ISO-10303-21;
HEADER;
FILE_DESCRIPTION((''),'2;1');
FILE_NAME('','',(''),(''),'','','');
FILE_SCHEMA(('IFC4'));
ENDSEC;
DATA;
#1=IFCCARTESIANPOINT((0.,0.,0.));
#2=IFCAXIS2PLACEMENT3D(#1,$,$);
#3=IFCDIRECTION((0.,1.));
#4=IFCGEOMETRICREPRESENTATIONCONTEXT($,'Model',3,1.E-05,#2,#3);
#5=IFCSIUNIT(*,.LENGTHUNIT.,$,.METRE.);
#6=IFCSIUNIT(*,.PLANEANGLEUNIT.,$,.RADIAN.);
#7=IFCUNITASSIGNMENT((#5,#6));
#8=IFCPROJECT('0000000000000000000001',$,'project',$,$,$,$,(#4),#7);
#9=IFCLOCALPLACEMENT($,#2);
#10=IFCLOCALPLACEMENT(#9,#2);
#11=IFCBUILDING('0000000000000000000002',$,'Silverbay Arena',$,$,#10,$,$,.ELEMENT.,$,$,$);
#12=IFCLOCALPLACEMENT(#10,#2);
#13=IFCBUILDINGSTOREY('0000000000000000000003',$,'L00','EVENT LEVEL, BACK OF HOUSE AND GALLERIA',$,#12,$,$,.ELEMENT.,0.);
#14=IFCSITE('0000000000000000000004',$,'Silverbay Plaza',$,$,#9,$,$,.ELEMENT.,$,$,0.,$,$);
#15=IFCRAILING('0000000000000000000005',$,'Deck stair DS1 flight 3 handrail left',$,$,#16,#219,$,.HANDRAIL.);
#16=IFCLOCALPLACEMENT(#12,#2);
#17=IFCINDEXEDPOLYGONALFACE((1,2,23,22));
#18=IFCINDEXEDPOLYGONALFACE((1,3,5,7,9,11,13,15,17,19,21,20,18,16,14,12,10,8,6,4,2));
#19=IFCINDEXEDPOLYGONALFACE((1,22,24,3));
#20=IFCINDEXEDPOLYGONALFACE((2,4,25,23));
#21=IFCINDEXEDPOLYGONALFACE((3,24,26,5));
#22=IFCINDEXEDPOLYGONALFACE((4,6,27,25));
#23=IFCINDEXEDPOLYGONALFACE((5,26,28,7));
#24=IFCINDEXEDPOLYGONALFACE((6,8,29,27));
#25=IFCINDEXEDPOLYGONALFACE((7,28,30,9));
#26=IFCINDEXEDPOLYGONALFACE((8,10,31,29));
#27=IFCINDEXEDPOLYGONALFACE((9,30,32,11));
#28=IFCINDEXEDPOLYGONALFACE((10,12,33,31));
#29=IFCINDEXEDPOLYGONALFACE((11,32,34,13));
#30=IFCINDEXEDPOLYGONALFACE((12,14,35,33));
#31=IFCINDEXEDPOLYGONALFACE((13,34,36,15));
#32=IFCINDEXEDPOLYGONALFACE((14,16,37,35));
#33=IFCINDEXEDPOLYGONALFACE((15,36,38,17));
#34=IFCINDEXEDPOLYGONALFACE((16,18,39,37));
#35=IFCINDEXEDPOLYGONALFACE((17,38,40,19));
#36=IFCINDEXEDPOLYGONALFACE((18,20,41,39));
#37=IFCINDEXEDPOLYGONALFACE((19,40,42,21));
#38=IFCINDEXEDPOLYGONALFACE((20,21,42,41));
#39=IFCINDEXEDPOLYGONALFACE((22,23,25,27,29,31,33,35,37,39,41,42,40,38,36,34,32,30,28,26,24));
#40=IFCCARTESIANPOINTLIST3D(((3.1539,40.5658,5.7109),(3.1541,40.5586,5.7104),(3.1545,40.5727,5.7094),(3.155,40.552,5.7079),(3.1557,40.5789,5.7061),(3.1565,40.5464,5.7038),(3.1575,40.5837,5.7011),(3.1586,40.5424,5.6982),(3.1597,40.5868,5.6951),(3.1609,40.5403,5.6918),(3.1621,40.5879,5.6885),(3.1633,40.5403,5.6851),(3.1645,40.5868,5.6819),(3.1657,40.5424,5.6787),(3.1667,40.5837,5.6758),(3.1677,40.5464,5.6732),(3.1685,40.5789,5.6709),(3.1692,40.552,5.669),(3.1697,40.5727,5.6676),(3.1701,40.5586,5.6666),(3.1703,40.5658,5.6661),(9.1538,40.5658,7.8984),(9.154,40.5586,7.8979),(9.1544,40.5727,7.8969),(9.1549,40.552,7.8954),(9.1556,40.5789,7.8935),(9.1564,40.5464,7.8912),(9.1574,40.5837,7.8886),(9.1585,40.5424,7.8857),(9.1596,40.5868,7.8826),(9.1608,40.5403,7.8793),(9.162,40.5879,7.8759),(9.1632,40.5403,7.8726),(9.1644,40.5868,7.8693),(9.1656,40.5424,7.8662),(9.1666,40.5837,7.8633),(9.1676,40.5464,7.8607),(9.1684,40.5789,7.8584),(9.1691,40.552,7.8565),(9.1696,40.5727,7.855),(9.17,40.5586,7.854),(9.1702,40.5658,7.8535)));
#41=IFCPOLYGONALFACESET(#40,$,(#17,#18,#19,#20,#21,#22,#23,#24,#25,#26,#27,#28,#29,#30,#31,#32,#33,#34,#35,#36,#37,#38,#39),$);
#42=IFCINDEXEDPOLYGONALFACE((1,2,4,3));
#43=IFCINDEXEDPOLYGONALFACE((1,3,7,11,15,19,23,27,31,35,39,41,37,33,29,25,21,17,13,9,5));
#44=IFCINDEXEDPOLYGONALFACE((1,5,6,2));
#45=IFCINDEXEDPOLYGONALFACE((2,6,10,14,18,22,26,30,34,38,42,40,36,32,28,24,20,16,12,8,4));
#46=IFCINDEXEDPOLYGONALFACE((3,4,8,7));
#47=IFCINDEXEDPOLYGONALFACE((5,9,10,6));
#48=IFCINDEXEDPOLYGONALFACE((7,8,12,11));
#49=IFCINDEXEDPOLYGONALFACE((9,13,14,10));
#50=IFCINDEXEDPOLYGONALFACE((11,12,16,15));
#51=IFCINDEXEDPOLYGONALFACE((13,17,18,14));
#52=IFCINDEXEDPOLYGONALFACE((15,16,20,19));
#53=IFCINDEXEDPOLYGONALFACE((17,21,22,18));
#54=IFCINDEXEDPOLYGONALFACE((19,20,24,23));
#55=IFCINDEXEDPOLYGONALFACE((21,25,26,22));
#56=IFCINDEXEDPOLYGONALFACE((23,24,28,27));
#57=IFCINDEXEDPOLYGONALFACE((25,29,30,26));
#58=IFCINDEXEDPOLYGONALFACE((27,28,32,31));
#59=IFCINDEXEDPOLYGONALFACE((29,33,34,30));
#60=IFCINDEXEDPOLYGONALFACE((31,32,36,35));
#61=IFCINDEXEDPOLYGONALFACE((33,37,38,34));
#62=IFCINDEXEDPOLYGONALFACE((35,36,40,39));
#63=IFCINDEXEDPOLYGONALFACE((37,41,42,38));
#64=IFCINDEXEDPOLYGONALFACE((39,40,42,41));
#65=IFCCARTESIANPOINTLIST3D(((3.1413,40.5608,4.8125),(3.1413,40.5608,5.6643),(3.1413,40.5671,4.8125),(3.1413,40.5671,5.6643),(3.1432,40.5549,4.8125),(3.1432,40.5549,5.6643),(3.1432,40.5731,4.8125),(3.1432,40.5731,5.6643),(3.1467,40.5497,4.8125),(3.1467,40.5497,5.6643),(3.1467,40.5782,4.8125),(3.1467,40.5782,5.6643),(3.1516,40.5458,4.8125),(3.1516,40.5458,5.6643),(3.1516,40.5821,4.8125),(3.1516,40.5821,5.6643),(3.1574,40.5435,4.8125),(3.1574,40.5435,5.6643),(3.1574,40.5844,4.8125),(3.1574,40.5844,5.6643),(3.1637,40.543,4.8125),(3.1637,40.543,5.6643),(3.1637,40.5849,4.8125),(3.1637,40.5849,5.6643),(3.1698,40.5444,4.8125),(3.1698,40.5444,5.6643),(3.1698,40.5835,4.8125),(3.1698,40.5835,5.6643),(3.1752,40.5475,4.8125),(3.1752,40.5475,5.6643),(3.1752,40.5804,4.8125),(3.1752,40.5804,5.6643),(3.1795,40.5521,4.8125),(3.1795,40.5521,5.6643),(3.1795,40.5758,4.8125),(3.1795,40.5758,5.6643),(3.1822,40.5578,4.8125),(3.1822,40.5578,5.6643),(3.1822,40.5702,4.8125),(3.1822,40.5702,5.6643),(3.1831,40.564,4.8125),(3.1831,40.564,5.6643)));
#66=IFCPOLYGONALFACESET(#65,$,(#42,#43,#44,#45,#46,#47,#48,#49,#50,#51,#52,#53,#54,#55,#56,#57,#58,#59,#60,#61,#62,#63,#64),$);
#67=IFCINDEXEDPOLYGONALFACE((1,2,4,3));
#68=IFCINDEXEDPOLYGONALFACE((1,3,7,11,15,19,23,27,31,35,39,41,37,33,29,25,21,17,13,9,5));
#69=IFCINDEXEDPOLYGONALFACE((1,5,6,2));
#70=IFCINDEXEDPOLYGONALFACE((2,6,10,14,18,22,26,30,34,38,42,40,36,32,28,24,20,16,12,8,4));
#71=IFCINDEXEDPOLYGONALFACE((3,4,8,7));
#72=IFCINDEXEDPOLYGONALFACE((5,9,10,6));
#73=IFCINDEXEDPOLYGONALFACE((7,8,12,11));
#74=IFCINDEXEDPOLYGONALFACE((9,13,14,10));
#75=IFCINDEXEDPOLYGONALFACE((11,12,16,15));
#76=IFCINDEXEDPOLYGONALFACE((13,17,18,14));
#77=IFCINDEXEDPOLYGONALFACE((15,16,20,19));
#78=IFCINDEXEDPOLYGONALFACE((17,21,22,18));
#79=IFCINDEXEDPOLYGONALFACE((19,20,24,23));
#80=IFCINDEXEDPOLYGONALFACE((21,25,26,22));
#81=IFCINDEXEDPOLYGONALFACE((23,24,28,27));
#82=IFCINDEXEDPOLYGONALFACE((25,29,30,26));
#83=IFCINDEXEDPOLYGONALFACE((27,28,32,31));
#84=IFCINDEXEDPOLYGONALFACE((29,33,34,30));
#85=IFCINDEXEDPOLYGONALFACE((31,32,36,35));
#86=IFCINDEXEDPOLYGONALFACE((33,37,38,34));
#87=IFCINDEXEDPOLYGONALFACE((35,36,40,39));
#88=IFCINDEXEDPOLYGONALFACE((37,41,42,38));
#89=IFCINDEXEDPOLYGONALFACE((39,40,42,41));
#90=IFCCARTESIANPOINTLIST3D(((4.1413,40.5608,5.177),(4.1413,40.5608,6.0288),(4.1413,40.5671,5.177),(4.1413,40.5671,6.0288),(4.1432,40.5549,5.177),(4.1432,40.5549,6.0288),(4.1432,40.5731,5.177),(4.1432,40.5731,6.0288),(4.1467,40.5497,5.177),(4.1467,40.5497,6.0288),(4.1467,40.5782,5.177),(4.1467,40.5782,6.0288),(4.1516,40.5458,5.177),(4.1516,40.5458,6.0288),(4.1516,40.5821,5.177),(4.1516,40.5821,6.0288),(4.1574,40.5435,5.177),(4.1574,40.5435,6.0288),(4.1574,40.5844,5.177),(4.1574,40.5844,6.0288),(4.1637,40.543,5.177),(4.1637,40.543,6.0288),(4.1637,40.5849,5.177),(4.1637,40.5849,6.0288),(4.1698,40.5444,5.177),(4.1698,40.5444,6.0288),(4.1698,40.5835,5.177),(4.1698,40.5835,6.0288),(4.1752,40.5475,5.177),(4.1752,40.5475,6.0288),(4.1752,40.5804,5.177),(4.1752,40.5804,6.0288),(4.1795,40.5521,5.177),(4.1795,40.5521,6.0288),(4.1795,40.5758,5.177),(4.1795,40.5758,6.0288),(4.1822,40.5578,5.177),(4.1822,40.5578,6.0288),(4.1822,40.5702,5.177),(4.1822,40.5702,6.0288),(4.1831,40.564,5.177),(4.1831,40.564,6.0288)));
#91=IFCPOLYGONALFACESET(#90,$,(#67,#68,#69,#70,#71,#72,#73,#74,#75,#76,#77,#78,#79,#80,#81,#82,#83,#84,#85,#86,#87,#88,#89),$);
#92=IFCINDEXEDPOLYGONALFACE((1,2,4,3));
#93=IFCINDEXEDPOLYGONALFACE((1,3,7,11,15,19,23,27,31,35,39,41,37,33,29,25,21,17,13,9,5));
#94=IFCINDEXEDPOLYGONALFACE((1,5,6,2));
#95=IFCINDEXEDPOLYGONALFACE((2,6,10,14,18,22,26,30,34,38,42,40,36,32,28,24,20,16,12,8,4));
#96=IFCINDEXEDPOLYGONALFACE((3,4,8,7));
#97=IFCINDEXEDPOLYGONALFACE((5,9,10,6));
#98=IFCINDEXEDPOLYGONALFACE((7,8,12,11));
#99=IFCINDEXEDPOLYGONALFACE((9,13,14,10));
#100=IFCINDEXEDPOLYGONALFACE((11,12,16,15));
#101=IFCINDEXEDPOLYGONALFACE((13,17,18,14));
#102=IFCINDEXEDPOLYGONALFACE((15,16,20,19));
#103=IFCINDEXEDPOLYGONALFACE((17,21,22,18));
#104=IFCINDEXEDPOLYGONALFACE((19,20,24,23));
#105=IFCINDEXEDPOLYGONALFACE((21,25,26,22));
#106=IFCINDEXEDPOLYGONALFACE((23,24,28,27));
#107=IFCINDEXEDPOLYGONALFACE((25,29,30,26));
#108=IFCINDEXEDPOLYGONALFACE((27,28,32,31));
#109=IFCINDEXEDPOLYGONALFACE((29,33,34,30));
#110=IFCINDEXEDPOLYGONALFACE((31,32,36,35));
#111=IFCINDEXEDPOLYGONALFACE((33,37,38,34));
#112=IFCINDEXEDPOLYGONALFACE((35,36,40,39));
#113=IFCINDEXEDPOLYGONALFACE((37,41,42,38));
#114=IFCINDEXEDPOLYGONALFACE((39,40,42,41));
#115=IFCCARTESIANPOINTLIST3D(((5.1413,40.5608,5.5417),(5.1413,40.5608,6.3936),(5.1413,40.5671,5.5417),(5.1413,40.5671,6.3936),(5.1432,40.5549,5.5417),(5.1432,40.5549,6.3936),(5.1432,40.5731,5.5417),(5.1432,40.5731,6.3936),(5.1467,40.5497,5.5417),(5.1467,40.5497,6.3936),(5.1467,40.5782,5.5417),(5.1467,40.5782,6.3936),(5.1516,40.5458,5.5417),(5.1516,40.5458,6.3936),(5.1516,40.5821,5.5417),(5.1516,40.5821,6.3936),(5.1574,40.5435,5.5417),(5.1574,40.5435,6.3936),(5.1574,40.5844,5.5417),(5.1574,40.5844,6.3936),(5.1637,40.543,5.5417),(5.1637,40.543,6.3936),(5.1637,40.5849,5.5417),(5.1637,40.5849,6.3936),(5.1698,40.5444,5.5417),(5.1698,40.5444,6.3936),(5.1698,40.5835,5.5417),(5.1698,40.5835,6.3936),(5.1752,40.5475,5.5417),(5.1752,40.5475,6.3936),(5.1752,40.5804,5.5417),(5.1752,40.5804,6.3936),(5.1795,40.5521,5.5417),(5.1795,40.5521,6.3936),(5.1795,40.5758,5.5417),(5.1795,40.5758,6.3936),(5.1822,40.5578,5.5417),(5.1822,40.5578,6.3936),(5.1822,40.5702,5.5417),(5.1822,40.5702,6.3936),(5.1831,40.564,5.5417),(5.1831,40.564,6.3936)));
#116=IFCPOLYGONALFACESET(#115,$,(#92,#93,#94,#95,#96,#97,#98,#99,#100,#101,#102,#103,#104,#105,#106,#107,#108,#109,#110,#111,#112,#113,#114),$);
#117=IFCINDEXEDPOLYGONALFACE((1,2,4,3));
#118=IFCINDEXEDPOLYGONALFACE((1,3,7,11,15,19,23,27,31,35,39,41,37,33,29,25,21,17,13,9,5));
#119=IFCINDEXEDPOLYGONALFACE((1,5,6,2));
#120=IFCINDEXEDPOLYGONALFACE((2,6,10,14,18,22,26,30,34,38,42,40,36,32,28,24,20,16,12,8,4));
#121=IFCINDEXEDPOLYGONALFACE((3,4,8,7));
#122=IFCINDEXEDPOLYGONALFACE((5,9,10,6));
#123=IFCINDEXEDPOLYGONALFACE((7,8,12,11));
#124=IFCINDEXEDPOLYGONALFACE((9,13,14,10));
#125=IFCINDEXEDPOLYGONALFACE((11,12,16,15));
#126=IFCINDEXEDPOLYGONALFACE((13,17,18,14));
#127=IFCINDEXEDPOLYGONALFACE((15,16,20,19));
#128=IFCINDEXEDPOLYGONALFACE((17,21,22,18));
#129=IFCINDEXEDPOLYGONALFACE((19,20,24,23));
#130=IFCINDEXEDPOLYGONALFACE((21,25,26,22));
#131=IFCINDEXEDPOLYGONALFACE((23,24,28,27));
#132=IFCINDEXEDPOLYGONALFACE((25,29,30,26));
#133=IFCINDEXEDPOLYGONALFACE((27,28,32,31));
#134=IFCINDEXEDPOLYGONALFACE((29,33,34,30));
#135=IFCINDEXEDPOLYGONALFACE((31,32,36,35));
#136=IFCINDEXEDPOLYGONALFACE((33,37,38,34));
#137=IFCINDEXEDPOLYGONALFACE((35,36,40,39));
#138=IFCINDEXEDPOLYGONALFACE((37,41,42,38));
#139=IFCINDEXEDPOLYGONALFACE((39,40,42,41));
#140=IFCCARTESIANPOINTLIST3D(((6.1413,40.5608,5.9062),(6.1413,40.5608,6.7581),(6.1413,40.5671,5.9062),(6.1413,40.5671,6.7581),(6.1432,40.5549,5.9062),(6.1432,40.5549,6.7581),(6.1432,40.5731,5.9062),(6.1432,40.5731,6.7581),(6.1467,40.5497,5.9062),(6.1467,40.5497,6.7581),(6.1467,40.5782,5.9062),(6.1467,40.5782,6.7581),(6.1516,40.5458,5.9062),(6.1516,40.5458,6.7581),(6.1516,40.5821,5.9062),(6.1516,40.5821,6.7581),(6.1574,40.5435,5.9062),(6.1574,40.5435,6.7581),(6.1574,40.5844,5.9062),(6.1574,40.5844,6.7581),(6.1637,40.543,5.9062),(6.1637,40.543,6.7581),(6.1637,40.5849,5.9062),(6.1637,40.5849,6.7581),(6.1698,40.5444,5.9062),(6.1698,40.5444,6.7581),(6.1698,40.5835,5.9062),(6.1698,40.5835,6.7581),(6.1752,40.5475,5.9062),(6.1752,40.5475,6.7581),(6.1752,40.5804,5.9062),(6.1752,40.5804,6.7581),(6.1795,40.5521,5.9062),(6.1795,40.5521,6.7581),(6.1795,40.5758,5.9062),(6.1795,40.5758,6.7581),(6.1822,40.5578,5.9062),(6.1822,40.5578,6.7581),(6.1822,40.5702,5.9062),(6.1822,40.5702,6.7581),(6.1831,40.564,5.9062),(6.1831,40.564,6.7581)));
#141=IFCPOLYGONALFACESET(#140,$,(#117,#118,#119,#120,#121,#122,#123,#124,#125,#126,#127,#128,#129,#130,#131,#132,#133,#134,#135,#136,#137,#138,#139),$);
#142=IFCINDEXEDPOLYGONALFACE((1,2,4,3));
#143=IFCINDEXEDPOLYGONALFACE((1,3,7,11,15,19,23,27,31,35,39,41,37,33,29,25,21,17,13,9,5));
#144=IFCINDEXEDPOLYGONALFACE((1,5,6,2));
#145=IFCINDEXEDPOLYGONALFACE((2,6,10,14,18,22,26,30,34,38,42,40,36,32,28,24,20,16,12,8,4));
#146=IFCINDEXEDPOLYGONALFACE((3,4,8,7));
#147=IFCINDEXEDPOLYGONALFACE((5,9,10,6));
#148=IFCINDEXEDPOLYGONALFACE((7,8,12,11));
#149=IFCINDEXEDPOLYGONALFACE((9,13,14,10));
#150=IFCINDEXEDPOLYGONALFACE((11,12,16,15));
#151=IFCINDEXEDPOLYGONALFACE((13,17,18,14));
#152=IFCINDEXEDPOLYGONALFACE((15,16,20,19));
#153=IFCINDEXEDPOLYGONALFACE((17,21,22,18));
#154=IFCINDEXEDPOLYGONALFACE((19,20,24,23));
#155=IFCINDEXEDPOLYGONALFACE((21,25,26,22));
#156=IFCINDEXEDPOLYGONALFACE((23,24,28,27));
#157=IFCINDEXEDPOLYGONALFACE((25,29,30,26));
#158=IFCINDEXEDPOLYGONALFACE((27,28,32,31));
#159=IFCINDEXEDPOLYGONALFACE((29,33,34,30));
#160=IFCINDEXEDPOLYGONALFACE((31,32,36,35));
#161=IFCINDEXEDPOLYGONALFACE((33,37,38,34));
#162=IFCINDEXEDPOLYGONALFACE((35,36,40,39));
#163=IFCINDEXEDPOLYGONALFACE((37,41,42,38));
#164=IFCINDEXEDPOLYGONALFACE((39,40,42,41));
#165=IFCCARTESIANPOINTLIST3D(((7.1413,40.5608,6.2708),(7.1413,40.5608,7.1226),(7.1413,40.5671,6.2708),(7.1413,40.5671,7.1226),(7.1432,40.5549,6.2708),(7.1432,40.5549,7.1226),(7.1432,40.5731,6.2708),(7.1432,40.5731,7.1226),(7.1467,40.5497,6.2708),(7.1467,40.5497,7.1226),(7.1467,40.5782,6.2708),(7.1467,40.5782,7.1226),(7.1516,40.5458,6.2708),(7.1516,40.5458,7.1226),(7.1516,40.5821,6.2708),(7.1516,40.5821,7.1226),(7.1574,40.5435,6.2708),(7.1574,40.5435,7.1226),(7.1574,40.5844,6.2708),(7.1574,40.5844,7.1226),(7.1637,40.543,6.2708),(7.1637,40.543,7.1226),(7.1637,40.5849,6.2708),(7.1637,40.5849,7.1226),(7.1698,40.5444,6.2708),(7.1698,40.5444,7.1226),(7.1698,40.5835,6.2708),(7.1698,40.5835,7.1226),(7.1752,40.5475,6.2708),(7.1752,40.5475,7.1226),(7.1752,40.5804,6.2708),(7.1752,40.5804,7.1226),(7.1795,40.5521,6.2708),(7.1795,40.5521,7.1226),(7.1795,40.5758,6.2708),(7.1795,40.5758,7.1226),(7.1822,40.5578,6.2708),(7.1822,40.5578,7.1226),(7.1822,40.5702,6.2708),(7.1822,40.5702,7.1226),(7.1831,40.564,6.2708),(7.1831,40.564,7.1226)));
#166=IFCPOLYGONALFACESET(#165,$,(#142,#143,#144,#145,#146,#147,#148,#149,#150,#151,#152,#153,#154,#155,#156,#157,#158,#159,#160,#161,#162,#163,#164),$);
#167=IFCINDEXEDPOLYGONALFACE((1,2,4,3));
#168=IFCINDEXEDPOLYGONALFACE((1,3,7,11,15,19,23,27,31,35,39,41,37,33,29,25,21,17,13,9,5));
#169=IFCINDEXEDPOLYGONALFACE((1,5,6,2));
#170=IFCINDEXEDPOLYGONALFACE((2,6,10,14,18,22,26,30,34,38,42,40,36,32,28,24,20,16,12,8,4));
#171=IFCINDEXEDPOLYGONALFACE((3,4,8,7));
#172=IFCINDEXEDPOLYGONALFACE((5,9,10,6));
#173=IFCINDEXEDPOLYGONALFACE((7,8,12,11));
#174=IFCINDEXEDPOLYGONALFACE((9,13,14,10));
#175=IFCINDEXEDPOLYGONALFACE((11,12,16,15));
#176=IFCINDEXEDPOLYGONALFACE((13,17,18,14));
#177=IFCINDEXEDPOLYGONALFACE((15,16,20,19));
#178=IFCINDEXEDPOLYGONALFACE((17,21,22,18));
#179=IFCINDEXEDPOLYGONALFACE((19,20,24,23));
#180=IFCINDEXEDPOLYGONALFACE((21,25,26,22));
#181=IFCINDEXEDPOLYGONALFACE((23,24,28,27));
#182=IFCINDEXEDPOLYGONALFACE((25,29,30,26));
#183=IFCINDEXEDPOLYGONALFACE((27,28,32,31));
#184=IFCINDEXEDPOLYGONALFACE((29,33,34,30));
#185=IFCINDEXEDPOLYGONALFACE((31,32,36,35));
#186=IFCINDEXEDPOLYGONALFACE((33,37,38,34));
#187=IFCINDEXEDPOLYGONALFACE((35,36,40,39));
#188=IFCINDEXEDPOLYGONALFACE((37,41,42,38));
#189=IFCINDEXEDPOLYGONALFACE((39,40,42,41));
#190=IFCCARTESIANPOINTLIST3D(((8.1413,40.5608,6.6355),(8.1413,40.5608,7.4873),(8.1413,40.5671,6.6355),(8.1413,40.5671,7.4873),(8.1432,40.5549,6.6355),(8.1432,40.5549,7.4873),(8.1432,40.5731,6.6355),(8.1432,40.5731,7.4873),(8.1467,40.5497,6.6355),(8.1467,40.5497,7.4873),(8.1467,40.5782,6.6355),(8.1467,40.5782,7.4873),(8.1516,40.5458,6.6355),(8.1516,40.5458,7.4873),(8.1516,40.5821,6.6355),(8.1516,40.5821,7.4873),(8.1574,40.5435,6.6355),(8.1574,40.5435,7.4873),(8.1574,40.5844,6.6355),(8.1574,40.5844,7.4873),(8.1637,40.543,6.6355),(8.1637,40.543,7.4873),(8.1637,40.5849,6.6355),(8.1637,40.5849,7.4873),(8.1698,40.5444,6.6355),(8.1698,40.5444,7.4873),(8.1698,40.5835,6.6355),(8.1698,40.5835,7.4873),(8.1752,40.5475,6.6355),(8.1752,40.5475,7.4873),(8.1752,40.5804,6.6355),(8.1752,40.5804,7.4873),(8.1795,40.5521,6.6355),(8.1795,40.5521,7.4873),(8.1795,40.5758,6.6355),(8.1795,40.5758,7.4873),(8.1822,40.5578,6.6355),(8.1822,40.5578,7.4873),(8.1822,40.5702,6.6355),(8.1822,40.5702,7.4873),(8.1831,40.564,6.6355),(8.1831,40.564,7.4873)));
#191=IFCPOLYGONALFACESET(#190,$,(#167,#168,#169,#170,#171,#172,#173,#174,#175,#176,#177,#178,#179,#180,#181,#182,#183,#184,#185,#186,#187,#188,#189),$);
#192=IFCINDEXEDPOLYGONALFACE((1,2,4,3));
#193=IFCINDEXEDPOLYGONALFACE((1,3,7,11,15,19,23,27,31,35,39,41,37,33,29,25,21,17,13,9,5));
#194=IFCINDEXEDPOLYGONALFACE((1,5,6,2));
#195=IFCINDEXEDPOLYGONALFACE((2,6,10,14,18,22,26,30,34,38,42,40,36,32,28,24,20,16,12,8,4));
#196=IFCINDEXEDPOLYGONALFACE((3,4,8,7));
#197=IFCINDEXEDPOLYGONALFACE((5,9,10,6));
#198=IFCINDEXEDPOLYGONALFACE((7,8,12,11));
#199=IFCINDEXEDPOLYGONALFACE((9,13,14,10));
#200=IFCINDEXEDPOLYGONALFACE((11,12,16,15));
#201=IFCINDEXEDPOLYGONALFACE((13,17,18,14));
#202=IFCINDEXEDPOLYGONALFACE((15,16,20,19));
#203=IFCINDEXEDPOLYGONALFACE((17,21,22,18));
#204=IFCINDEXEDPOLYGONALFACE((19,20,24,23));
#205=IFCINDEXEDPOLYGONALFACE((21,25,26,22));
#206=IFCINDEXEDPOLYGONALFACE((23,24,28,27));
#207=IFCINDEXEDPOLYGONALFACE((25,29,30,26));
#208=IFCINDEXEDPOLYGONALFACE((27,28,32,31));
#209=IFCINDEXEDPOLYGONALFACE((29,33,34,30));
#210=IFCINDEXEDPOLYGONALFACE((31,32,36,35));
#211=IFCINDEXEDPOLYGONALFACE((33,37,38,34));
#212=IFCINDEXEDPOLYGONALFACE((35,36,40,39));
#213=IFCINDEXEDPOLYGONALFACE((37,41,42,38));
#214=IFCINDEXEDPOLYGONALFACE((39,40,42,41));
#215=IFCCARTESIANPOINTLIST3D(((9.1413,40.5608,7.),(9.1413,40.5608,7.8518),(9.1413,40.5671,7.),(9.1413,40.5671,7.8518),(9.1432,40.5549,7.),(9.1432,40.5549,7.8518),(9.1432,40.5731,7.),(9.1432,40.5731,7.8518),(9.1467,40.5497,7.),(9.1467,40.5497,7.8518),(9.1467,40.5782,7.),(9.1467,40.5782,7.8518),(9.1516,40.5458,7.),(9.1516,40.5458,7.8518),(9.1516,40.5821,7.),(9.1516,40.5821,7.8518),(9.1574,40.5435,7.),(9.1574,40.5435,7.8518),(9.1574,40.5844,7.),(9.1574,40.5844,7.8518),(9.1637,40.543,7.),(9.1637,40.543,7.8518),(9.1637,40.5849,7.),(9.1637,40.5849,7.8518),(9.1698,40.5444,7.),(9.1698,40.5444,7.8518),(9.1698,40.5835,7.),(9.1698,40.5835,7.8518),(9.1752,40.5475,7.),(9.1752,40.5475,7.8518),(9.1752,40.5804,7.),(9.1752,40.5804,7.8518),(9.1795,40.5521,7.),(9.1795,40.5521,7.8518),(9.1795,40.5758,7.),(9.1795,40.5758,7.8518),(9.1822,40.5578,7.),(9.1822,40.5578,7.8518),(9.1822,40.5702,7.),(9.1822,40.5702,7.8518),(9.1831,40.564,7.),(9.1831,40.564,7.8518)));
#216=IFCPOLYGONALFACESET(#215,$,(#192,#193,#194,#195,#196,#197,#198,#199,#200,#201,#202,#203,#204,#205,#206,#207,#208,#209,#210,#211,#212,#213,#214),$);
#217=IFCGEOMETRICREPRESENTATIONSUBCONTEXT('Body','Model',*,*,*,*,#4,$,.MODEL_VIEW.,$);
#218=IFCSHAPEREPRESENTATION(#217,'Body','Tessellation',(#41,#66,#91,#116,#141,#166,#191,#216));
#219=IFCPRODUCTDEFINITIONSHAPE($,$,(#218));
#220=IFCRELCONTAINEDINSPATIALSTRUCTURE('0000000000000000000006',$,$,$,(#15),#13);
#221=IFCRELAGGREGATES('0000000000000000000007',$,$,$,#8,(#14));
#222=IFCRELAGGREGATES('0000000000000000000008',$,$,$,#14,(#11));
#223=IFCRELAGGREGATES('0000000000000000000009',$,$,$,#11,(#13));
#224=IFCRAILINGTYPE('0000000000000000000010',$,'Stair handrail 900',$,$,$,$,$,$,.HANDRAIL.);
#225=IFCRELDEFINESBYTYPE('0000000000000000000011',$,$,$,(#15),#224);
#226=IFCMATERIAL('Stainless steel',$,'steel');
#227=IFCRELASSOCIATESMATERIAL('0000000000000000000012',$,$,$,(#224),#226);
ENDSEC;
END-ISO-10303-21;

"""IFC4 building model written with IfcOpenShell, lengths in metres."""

from ifc_helpers import new_model, si_unit, direction, frame, origin, origin_2d, place, context, subcontext, project, spatial, circle, extrude, material, type_object, element, save


model = new_model("IFC4")

# Units and contexts
model_context = context("Model", 3, precision=1e-05, world=origin(), true_north=direction((0.0, 1.0)))
body_context = subcontext(model_context, "Body", "Model", "MODEL_VIEW")
ifc_project = project(units=[si_unit("LENGTHUNIT", "METRE"), si_unit("PLANEANGLEUNIT", "RADIAN")], contexts=[model_context])

# Site, building, storey
site_placement = place(None, origin())
site = spatial("IfcSite", under=ifc_project, at=site_placement, Name="Silverbay Plaza", CompositionType="ELEMENT", RefElevation=0.0)
building_placement = place(site_placement, origin())
building = spatial("IfcBuilding", under=site, at=building_placement, Name="Silverbay Arena", CompositionType="ELEMENT")
storey_placement = place(building_placement, origin())
storey = spatial("IfcBuildingStorey", under=building, at=storey_placement, Name="L00", Description="EVENT LEVEL, BACK OF HOUSE AND GALLERIA", CompositionType="ELEMENT", Elevation=0.0)

# Railing
ifc_material_1 = material(Name="Stainless steel", Category="steel")
railing_type_1 = type_object("IfcRailingType", Name="Stair handrail 900", PredefinedType="HANDRAIL", material=ifc_material_1)
for number, where, name in (
    (1, (3.1621, 40.564, 4.8125), "Deck stair DS1 flight 3 handrail left"),
):
    element("IfcRailing", number, at=place(storey_placement, frame(where)), inside=storey, type_object=railing_type_1, Name=name, PredefinedType="HANDRAIL", context=body_context, shape_type="SweptSolid", body=[
        extrude(circle(Radius=0.0239, at=origin_2d()), frame((0.0, 0.0, 0.876), z_axis=(0.939507, 0.0, 0.342529), x_axis=(0.0, 1.0, 0.0)), (0.0, 0.0, 1.0), 6.3862),
        extrude(circle(Radius=0.021, at=origin_2d()), origin(), (0.0, 0.0, 1.0), 0.8518),
        extrude(circle(Radius=0.021, at=origin_2d()), frame((1.0, 0.0, 0.3645)), (0.0, 0.0, 1.0), 0.8518),
        extrude(circle(Radius=0.021, at=origin_2d()), frame((2.0, 0.0, 0.7292)), (0.0, 0.0, 1.0), 0.8518),
        extrude(circle(Radius=0.021, at=origin_2d()), frame((3.0, 0.0, 1.0938)), (0.0, 0.0, 1.0), 0.8518),
        extrude(circle(Radius=0.021, at=origin_2d()), frame((4.0, 0.0, 1.4583)), (0.0, 0.0, 1.0), 0.8518),
        extrude(circle(Radius=0.021, at=origin_2d()), frame((5.0, 0.0, 1.823)), (0.0, 0.0, 1.0), 0.8518),
        extrude(circle(Radius=0.021, at=origin_2d()), frame((6.0, 0.0, 2.1875)), (0.0, 0.0, 1.0), 0.8518),
    ])

save(model, "model.ifc")
